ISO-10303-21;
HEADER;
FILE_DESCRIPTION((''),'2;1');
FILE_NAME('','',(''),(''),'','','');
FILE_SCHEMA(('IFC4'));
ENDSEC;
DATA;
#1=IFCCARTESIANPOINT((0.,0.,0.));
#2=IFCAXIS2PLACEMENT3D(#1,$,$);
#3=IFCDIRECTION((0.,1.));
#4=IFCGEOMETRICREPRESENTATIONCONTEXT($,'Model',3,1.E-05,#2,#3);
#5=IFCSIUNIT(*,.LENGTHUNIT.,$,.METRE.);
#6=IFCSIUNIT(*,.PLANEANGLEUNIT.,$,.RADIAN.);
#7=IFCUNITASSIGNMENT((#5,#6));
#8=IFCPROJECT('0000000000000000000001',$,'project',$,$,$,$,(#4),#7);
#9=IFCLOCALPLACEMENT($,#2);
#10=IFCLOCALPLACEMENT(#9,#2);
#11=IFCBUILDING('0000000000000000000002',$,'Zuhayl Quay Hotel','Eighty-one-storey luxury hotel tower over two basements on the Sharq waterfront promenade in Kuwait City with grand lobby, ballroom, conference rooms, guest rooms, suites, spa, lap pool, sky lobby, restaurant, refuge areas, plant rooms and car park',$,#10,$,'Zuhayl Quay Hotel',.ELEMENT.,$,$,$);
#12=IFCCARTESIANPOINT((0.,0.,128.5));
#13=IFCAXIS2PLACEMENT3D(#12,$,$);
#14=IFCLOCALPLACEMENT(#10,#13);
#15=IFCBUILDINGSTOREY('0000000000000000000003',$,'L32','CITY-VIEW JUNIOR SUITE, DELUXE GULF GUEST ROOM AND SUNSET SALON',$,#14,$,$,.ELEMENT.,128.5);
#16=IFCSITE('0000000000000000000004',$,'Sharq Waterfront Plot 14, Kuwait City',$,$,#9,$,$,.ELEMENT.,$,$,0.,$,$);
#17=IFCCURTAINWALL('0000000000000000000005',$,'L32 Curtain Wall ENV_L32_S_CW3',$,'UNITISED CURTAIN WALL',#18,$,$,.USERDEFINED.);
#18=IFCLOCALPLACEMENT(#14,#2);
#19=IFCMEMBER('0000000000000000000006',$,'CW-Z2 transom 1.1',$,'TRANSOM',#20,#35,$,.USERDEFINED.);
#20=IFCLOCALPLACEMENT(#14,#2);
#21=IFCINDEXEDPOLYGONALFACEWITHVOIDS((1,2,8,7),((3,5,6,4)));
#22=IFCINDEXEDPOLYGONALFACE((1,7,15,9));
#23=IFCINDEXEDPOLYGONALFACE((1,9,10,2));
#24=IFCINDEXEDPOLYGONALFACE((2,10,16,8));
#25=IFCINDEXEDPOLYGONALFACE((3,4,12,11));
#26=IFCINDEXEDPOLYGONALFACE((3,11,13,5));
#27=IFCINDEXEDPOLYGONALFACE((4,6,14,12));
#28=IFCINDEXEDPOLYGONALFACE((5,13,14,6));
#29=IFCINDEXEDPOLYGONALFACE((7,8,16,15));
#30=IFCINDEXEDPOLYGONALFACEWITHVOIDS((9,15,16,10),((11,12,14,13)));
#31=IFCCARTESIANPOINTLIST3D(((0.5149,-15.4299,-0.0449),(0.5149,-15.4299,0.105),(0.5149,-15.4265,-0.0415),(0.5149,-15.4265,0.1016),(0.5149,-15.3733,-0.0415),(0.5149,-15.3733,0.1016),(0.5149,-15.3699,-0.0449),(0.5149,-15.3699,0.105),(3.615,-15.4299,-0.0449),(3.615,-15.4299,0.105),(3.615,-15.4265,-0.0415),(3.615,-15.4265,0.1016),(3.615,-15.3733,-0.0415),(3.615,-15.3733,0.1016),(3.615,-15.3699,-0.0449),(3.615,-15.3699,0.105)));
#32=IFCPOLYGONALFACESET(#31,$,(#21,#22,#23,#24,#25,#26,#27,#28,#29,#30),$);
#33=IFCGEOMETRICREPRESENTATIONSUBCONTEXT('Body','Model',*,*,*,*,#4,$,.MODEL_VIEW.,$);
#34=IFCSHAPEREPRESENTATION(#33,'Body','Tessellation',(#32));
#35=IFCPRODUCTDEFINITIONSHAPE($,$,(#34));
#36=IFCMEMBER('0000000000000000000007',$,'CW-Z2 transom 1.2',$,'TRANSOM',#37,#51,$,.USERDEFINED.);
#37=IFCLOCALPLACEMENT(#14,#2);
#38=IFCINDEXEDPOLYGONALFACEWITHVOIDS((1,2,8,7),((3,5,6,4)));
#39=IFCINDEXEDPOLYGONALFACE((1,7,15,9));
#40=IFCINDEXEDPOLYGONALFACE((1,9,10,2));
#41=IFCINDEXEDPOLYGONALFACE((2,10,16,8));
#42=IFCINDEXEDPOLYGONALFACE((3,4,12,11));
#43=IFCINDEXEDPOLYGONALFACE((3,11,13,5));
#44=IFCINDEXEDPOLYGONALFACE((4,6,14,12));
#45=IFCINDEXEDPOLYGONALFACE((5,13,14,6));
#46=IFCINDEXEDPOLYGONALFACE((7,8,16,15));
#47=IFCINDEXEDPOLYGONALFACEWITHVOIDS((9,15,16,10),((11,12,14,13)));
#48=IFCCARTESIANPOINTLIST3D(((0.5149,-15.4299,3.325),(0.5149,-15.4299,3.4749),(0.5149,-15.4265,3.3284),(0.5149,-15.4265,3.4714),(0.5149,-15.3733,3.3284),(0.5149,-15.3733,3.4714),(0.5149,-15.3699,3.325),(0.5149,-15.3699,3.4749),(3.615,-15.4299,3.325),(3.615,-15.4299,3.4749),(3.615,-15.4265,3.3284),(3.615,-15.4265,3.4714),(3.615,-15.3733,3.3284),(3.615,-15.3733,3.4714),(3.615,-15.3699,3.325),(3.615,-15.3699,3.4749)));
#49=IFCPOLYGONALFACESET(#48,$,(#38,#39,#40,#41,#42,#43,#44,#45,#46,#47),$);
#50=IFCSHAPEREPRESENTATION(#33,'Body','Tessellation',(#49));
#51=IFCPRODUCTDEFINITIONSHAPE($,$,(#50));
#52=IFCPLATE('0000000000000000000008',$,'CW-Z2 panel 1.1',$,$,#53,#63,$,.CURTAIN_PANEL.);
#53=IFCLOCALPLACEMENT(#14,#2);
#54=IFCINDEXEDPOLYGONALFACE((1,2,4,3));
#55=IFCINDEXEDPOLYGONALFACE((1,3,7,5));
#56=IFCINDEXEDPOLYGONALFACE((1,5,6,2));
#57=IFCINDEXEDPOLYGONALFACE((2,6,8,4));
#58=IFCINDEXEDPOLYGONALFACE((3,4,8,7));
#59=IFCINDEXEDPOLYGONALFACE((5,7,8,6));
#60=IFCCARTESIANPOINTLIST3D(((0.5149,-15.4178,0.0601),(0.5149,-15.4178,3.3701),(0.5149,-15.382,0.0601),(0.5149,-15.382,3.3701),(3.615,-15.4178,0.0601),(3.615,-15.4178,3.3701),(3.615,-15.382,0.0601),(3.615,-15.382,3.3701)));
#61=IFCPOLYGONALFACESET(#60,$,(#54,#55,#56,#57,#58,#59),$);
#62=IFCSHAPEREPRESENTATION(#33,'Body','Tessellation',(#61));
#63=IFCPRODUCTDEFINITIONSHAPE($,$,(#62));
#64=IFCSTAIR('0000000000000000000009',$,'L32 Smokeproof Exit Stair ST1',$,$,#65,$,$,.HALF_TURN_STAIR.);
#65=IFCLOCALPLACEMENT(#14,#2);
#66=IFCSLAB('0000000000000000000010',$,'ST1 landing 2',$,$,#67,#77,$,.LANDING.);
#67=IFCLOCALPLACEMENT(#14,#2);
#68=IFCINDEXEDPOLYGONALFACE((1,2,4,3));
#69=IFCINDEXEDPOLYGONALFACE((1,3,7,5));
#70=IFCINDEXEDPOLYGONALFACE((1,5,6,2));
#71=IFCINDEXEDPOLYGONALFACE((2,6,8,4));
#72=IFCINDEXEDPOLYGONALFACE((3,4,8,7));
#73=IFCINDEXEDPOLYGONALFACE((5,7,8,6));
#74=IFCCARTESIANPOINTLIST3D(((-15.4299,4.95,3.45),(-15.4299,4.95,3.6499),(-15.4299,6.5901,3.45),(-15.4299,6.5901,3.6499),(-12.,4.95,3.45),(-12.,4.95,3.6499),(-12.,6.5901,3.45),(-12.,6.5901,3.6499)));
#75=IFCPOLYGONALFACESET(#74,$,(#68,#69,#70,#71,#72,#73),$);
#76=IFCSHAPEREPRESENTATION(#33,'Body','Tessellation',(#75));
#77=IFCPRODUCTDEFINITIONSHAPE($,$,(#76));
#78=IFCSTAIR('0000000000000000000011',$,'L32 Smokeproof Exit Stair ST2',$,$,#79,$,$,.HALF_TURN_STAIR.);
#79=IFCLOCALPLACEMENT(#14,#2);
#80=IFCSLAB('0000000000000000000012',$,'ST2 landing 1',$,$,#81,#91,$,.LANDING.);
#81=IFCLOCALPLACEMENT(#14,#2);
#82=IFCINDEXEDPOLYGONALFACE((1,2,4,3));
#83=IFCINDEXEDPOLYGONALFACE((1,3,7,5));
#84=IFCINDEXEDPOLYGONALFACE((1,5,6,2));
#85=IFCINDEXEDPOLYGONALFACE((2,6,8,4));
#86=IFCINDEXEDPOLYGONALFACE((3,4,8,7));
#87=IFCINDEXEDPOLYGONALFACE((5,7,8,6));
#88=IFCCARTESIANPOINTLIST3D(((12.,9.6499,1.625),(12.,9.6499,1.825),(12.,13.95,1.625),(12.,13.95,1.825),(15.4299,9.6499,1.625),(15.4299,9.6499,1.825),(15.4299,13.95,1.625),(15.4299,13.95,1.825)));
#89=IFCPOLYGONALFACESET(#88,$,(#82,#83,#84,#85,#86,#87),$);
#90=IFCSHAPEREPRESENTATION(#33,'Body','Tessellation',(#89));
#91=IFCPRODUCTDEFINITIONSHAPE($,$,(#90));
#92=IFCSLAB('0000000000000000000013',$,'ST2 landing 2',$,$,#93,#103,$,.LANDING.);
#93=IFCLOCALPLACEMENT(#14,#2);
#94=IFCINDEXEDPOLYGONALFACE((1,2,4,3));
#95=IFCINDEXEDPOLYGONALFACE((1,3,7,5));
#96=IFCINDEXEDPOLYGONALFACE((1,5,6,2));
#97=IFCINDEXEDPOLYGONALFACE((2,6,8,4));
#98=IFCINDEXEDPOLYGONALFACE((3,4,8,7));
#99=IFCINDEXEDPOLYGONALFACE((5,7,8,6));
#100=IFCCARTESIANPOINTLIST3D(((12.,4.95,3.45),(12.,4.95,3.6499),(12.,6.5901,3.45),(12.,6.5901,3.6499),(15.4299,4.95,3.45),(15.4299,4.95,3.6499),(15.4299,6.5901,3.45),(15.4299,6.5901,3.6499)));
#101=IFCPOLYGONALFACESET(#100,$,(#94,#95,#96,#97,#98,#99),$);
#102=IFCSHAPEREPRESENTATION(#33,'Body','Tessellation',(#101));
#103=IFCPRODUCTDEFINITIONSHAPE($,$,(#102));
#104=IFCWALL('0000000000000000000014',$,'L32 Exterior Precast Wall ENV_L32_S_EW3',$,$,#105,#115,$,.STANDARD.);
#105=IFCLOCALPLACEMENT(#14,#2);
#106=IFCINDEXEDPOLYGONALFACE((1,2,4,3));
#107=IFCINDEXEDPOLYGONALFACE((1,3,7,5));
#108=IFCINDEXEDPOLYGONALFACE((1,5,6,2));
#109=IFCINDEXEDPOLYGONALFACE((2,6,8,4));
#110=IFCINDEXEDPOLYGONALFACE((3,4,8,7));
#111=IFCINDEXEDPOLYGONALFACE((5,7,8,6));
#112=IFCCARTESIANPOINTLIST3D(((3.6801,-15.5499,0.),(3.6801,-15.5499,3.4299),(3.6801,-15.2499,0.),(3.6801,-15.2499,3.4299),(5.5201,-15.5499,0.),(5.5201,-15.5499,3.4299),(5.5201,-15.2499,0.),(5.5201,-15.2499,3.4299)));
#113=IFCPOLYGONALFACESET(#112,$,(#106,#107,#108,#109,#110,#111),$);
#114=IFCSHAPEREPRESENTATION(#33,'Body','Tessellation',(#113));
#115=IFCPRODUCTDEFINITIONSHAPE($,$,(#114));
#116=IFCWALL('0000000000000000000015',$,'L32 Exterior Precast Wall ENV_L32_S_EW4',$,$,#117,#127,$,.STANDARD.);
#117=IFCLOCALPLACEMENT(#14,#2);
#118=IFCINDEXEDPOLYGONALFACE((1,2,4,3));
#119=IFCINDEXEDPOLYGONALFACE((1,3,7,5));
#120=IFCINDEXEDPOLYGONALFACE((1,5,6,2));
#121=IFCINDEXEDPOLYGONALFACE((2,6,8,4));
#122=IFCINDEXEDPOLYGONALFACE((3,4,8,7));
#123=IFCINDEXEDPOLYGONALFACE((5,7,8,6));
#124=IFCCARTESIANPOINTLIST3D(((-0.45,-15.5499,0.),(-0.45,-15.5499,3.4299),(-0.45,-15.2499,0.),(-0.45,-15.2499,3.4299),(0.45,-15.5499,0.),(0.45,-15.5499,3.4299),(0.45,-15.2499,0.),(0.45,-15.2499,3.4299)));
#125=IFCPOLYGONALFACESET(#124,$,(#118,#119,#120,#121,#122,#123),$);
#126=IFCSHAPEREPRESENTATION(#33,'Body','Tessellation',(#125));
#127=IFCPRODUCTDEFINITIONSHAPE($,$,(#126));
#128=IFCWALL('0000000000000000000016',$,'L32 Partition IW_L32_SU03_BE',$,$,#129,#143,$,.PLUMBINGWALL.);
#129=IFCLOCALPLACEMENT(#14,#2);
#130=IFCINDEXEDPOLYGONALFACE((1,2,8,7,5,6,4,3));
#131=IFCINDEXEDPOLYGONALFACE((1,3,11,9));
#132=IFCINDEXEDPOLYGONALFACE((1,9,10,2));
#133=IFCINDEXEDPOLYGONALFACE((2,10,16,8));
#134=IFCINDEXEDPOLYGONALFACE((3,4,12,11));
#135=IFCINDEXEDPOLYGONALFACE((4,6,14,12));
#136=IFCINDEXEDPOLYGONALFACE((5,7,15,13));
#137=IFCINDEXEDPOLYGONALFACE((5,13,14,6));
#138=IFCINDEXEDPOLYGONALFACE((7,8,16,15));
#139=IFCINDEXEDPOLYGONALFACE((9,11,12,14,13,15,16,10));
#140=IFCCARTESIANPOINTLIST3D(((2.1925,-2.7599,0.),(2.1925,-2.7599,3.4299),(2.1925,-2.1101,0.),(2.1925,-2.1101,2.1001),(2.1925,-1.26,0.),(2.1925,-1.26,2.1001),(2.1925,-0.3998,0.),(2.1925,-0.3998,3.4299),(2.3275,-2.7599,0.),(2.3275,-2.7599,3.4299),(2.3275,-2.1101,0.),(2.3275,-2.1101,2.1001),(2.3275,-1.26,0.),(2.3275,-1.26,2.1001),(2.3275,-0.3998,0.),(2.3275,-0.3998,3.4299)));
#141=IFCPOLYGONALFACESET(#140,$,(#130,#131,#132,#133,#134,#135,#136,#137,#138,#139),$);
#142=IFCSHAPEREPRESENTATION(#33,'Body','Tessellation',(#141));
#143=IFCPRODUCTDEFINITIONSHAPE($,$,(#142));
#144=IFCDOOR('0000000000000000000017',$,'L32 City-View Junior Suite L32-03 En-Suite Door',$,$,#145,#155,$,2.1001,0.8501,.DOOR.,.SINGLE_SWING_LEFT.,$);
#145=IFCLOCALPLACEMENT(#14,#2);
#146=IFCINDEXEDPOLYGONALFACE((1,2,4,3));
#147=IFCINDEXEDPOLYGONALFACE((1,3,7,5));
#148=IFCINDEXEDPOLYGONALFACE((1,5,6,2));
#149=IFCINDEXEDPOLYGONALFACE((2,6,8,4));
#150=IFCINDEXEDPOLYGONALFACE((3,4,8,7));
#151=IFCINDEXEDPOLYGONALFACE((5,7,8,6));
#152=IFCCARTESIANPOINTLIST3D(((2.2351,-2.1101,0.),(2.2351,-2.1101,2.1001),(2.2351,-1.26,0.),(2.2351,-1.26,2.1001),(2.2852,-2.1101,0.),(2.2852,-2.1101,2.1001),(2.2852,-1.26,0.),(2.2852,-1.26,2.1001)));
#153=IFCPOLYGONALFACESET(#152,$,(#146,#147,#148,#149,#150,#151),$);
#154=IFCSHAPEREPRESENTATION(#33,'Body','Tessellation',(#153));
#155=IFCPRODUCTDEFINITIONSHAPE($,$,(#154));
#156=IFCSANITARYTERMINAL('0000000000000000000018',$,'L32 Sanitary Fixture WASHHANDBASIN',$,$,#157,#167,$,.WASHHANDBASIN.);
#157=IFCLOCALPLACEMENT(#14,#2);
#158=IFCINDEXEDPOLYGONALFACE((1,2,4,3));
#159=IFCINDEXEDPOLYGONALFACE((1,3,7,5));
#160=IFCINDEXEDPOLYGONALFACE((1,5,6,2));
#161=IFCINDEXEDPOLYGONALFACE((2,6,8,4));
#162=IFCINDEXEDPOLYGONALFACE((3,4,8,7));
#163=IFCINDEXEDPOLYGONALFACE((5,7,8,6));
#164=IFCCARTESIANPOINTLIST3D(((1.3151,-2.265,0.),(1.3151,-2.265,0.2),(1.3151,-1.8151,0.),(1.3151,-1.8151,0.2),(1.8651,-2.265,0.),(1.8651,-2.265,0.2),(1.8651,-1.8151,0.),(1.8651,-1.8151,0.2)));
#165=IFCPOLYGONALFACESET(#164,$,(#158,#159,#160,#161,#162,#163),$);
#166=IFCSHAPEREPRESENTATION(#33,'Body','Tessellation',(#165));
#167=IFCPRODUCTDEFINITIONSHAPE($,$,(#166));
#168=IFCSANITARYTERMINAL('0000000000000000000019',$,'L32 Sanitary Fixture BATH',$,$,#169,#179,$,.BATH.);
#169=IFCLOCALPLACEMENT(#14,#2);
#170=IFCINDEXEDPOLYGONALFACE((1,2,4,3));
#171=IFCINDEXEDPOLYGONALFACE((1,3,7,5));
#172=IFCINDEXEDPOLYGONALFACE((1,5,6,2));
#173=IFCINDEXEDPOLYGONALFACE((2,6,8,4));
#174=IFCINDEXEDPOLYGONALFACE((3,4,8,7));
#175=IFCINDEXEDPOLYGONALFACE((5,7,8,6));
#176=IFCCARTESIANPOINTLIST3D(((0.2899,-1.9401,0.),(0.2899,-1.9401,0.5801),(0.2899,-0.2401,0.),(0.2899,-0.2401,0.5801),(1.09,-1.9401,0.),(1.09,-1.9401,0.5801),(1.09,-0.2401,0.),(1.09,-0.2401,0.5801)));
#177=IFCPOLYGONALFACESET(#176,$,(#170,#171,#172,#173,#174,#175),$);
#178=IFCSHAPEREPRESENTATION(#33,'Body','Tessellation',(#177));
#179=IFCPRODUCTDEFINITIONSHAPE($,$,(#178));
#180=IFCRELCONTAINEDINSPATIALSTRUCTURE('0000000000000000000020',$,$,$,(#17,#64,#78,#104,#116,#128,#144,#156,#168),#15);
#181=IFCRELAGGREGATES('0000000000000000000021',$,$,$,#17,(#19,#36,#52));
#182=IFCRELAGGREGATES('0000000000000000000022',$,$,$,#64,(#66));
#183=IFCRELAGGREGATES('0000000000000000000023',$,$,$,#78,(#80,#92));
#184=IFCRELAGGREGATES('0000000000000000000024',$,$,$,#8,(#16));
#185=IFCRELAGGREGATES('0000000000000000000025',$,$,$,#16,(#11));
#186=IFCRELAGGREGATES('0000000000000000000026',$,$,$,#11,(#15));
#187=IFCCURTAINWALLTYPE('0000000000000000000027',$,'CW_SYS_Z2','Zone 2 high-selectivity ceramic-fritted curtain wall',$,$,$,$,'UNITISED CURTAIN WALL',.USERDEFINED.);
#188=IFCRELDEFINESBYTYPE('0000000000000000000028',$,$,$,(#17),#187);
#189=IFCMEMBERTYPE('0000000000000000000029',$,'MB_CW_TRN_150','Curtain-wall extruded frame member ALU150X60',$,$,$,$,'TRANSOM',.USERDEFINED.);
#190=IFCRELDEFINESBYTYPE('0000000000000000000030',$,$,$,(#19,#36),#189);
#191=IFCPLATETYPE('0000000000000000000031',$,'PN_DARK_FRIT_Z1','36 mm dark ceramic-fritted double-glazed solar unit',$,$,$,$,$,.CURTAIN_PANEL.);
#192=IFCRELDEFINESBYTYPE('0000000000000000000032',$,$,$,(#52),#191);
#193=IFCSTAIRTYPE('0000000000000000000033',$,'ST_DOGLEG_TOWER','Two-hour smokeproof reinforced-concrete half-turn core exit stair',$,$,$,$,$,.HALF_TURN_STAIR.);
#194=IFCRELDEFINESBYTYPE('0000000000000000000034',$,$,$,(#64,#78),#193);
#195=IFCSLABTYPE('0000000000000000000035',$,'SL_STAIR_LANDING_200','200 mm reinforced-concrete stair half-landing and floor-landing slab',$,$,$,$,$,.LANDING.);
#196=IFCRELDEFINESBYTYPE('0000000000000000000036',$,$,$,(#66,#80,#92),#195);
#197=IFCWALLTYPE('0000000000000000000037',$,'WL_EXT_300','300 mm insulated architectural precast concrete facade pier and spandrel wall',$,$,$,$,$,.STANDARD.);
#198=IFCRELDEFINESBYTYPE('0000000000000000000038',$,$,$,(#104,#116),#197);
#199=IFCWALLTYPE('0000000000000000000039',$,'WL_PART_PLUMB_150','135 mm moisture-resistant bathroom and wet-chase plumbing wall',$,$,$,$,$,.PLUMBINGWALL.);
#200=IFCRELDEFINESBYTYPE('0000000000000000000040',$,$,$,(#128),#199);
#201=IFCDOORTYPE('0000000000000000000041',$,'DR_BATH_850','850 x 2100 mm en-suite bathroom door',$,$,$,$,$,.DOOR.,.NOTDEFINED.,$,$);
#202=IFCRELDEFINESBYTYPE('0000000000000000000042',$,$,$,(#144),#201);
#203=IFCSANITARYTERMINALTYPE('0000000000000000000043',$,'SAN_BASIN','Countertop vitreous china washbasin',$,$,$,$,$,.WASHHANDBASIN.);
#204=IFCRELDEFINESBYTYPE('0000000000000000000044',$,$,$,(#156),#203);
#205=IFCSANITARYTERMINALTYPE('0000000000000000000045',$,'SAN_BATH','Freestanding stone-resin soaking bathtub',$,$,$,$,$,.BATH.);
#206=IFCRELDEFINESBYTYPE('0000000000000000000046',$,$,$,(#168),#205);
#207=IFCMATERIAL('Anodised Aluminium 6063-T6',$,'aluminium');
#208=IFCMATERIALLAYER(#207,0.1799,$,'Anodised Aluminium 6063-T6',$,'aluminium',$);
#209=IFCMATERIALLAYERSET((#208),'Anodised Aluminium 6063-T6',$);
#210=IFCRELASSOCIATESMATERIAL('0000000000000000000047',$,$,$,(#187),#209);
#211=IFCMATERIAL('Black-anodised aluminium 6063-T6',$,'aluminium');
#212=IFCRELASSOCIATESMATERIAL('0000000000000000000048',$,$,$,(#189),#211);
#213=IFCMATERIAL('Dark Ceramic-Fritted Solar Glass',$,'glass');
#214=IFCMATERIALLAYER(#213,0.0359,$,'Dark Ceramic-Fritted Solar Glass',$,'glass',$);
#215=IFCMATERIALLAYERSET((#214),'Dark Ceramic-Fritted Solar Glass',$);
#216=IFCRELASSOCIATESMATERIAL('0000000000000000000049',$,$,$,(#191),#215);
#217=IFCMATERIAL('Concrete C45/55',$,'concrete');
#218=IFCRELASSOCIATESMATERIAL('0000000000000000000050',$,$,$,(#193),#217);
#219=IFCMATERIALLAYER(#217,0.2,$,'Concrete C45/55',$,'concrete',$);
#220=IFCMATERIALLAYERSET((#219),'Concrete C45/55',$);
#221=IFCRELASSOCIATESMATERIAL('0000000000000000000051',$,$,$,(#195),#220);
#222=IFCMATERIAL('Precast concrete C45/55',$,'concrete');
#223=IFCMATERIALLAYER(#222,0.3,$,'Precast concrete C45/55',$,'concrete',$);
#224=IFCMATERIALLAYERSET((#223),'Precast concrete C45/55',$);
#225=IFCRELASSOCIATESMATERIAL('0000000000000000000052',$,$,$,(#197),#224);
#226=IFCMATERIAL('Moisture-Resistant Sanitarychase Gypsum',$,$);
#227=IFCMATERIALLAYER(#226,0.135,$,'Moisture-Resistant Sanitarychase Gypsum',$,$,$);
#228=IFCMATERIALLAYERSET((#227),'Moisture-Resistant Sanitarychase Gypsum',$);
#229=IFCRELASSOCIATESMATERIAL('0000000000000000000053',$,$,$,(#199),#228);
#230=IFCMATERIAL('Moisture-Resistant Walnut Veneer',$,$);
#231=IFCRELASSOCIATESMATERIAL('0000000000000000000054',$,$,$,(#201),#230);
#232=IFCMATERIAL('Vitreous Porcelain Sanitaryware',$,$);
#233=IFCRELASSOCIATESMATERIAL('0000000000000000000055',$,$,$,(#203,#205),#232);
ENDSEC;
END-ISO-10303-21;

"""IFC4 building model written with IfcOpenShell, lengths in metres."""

from ifc_helpers import new_model, si_unit, direction, frame, frame_2d, origin, origin_2d, place, context, subcontext, project, spatial, polyline, rectangle, hollow_rectangle, outline, extrude, material, layer, layer_set, material_profile, profile_set, type_object, element, fill, aggregate, save


model = new_model("IFC4")

# Units and contexts
model_context = context("Model", 3, precision=1e-05, world=origin(), true_north=direction((0.0, 1.0)))
body_context = subcontext(model_context, "Body", "Model", "MODEL_VIEW")
ifc_project = project(units=[si_unit("LENGTHUNIT", "METRE"), si_unit("PLANEANGLEUNIT", "RADIAN")], contexts=[model_context])

# Site, building, storey
site_placement = place(None, origin())
site = spatial("IfcSite", under=ifc_project, at=site_placement, Name="Sharq Waterfront Plot 14, Kuwait City", CompositionType="ELEMENT", RefElevation=0.0)
building_placement = place(site_placement, origin())
building = spatial("IfcBuilding", under=site, at=building_placement, Name="Zuhayl Quay Hotel", Description="Eighty-one-storey luxury hotel tower over two basements on the Sharq waterfront promenade in Kuwait City with grand lobby, ballroom, conference rooms, guest rooms, suites, spa, lap pool, sky lobby, restaurant, refuge areas, plant rooms and car park", LongName="Zuhayl Quay Hotel", CompositionType="ELEMENT")
storey_placement = place(building_placement, frame((0.0, 0.0, 128.5)))
storey = spatial("IfcBuildingStorey", under=building, at=storey_placement, Name="L32", Description="CITY-VIEW JUNIOR SUITE, DELUXE GULF GUEST ROOM AND SUNSET SALON", CompositionType="ELEMENT", Elevation=128.5)

# Shared definitions
ifc_material_1 = material(Name="Anodised Aluminium 6063-T6", Category="aluminium")
ifc_layer_1 = layer(ifc_material_1, 0.1799, Name="Anodised Aluminium 6063-T6", Category="aluminium")
ifc_layer_set_1 = layer_set([ifc_layer_1], Name="Anodised Aluminium 6063-T6")
curtain_wall_type = type_object("IfcCurtainWallType", Name="CW_SYS_Z2", Description="Zone 2 high-selectivity ceramic-fritted curtain wall", ElementType="UNITISED CURTAIN WALL", PredefinedType="USERDEFINED", material=ifc_layer_set_1)
ifc_material_2 = material(Name="Black-anodised aluminium 6063-T6", Category="aluminium")

# Curtain wall, members, plate
curtain_wall_1_placement = place(storey_placement, origin())
curtain_wall_1 = element("IfcCurtainWall", 1, at=curtain_wall_1_placement, inside=storey, type_object=curtain_wall_type, Name="L32 Curtain Wall ENV_L32_S_CW3", ObjectType="UNITISED CURTAIN WALL", PredefinedType="USERDEFINED")
ifc_material_profile_1 = material_profile(ifc_material_2, hollow_rectangle(XDim=0.0601, YDim=0.1499, WallThickness=0.0034, at=origin_2d()), Name="ALU150X60")
ifc_profile_set_1 = profile_set([ifc_material_profile_1], Name="Black-anodised aluminium 6063-T6")
member_type_1 = type_object("IfcMemberType", Name="MB_CW_TRN_150", Description="Curtain-wall extruded frame member ALU150X60", ElementType="TRANSOM", PredefinedType="USERDEFINED", material=ifc_profile_set_1)
member_1_placement = place(storey_placement, frame((3.615, -15.3999, 0.03), z_axis=(-1.0, 0.0, 0.0), x_axis=(0.0, -1.0, 0.0)))
member_1 = element("IfcMember", 2, at=member_1_placement, type_object=member_type_1, Name="CW-Z2 transom 1.1", ObjectType="TRANSOM", PredefinedType="USERDEFINED", context=body_context, shape_type="SweptSolid", body=[
    extrude(hollow_rectangle(XDim=0.0601, YDim=0.1499, WallThickness=0.0034, at=origin_2d()), origin(), (0.0, 0.0, 1.0), 3.1001),
])
member_2_placement = place(storey_placement, frame((3.615, -15.3999, 3.3999), z_axis=(-1.0, 0.0, 0.0), x_axis=(0.0, -1.0, 0.0)))
member_2 = element("IfcMember", 3, at=member_2_placement, type_object=member_type_1, Name="CW-Z2 transom 1.2", ObjectType="TRANSOM", PredefinedType="USERDEFINED", context=body_context, shape_type="SweptSolid", body=[
    extrude(hollow_rectangle(XDim=0.0601, YDim=0.1499, WallThickness=0.0034, at=origin_2d()), origin(), (0.0, 0.0, 1.0), 3.1001),
])
ifc_material_3 = material(Name="Dark Ceramic-Fritted Solar Glass", Category="glass")
ifc_layer_2 = layer(ifc_material_3, 0.0359, Name="Dark Ceramic-Fritted Solar Glass", Category="glass")
ifc_layer_set_2 = layer_set([ifc_layer_2], Name="Dark Ceramic-Fritted Solar Glass")
plate_type = type_object("IfcPlateType", Name="PN_DARK_FRIT_Z1", Description="36 mm dark ceramic-fritted double-glazed solar unit", PredefinedType="CURTAIN_PANEL", material=ifc_layer_set_2)
plate_placement = place(storey_placement, frame((2.0649, -15.3999, 0.0601), z_axis=(0.0, 0.0, 1.0), x_axis=(-1.0, 0.0, 0.0)))
plate = element("IfcPlate", 4, at=plate_placement, type_object=plate_type, Name="CW-Z2 panel 1.1", PredefinedType="CURTAIN_PANEL", context=body_context, shape_type="SweptSolid", body=[
    extrude(rectangle(XDim=3.1001, YDim=0.0359, at=origin_2d()), origin(), (0.0, 0.0, 1.0), 3.3101),
])
aggregate(curtain_wall_1, [member_1, member_2, plate])

# Stair, slab
ifc_material_4 = material(Name="Concrete C45/55", Category="concrete")
stair_type = type_object("IfcStairType", Name="ST_DOGLEG_TOWER", Description="Two-hour smokeproof reinforced-concrete half-turn core exit stair", PredefinedType="HALF_TURN_STAIR", material=ifc_material_4)
stair_1_placement = place(storey_placement, origin())
stair_1 = element("IfcStair", 5, at=stair_1_placement, inside=storey, type_object=stair_type, Name="L32 Smokeproof Exit Stair ST1", PredefinedType="HALF_TURN_STAIR")
ifc_layer_3 = layer(ifc_material_4, 0.2, Name="Concrete C45/55", Category="concrete")
ifc_layer_set_3 = layer_set([ifc_layer_3], Name="Concrete C45/55")
slab_type = type_object("IfcSlabType", Name="SL_STAIR_LANDING_200", Description="200 mm reinforced-concrete stair half-landing and floor-landing slab", PredefinedType="LANDING", material=ifc_layer_set_3)
slab_1_placement = place(storey_placement, frame((0.0, 0.0, 3.45)))
slab_1 = element("IfcSlab", 6, at=slab_1_placement, type_object=slab_type, Name="ST1 landing 2", PredefinedType="LANDING", context=body_context, shape_type="SweptSolid", body=[
    extrude(outline(polyline([(-12.0, 4.95), (-12.0, 6.5901), (-15.4299, 6.5901), (-15.4299, 4.95), (-12.0, 4.95)])), origin(), (0.0, 0.0, 1.0), 0.2),
])
aggregate(stair_1, [slab_1])

# Stair, slabs
stair_2_placement = place(storey_placement, origin())
stair_2 = element("IfcStair", 7, at=stair_2_placement, inside=storey, type_object=stair_type, Name="L32 Smokeproof Exit Stair ST2", PredefinedType="HALF_TURN_STAIR")
slab_2_placement = place(storey_placement, frame((0.0, 0.0, 1.625)))
slab_2 = element("IfcSlab", 8, at=slab_2_placement, type_object=slab_type, Name="ST2 landing 1", PredefinedType="LANDING", context=body_context, shape_type="SweptSolid", body=[
    extrude(outline(polyline([(15.4299, 9.6499), (15.4299, 13.95), (12.0, 13.95), (12.0, 9.6499), (15.4299, 9.6499)])), origin(), (0.0, 0.0, 1.0), 0.2),
])
slab_3_placement = place(storey_placement, frame((0.0, 0.0, 3.45)))
slab_3 = element("IfcSlab", 9, at=slab_3_placement, type_object=slab_type, Name="ST2 landing 2", PredefinedType="LANDING", context=body_context, shape_type="SweptSolid", body=[
    extrude(outline(polyline([(15.4299, 4.95), (15.4299, 6.5901), (12.0, 6.5901), (12.0, 4.95), (15.4299, 4.95)])), origin(), (0.0, 0.0, 1.0), 0.2),
])
aggregate(stair_2, [slab_2, slab_3])

# Walls
ifc_material_5 = material(Name="Precast concrete C45/55", Category="concrete")
ifc_layer_4 = layer(ifc_material_5, 0.3, Name="Precast concrete C45/55", Category="concrete")
ifc_layer_set_4 = layer_set([ifc_layer_4], Name="Precast concrete C45/55")
wall_type_1 = type_object("IfcWallType", Name="WL_EXT_300", Description="300 mm insulated architectural precast concrete facade pier and spandrel wall", PredefinedType="STANDARD", material=ifc_layer_set_4)
wall_1_placement = place(storey_placement, frame((5.52, -15.3999, 0.0), z_axis=(0.0, 0.0, 1.0), x_axis=(-1.0, 0.0, 0.0)))
element("IfcWall", 10, at=wall_1_placement, inside=storey, type_object=wall_type_1, Name="L32 Exterior Precast Wall ENV_L32_S_EW3", PredefinedType="STANDARD", context=body_context, shape_type="SweptSolid", body=[
    extrude(rectangle(XDim=1.8401, YDim=0.3, at=frame_2d((0.9199, 0.0))), origin(), (0.0, 0.0, 1.0), 3.4299),
])
wall_2_placement = place(storey_placement, frame((0.45, -15.3999, 0.0), z_axis=(0.0, 0.0, 1.0), x_axis=(-1.0, 0.0, 0.0)))
element("IfcWall", 11, at=wall_2_placement, inside=storey, type_object=wall_type_1, Name="L32 Exterior Precast Wall ENV_L32_S_EW4", PredefinedType="STANDARD", context=body_context, shape_type="SweptSolid", body=[
    extrude(rectangle(XDim=0.8999, YDim=0.3, at=frame_2d((0.45, 0.0))), origin(), (0.0, 0.0, 1.0), 3.4299),
])

# Wall, opening, door
ifc_material_6 = material(Name="Moisture-Resistant Sanitarychase Gypsum")
ifc_layer_5 = layer(ifc_material_6, 0.135, Name="Moisture-Resistant Sanitarychase Gypsum")
ifc_layer_set_5 = layer_set([ifc_layer_5], Name="Moisture-Resistant Sanitarychase Gypsum")
wall_type_2 = type_object("IfcWallType", Name="WL_PART_PLUMB_150", Description="135 mm moisture-resistant bathroom and wet-chase plumbing wall", PredefinedType="PLUMBINGWALL", material=ifc_layer_set_5)
wall_3_placement = place(storey_placement, frame((2.26, -2.76, 0.0), z_axis=(0.0, 0.0, 1.0), x_axis=(0.0, 1.0, 0.0)))
wall_3 = element("IfcWall", 12, at=wall_3_placement, inside=storey, type_object=wall_type_2, Name="L32 Partition IW_L32_SU03_BE", PredefinedType="PLUMBINGWALL", context=body_context, shape_type="SweptSolid", body=[
    extrude(rectangle(XDim=2.3601, YDim=0.135, at=frame_2d((1.1802, 0.0))), origin(), (0.0, 0.0, 1.0), 3.4299),
])
opening_placement = place(wall_3_placement, frame((0.6499, 0.0, 0.0)))
opening = element("IfcOpeningElement", 13, at=opening_placement, cuts=wall_3, PredefinedType="OPENING", context=body_context, shape_type="SweptSolid", body=[
    extrude(rectangle(XDim=0.8501, YDim=2.1001, at=frame_2d((0.425, 1.05))), frame((0.0, 0.0774, 0.0), z_axis=(0.0, -1.0, 0.0), x_axis=(1.0, 0.0, 0.0)), (0.0, 0.0, 1.0), 0.155),
])
ifc_material_7 = material(Name="Moisture-Resistant Walnut Veneer")
door_type = type_object("IfcDoorType", Name="DR_BATH_850", Description="850 x 2100 mm en-suite bathroom door", OperationType="NOTDEFINED", PredefinedType="DOOR", material=ifc_material_7)
door_placement = place(opening_placement, origin())
door = element("IfcDoor", 14, at=door_placement, inside=storey, type_object=door_type, Name="L32 City-View Junior Suite L32-03 En-Suite Door", OperationType="SINGLE_SWING_LEFT", OverallHeight=2.1001, OverallWidth=0.8501, PredefinedType="DOOR", context=body_context, shape_type="SweptSolid", body=[
    extrude(rectangle(XDim=0.8501, YDim=2.1001, at=frame_2d((0.425, 1.05))), frame((0.0, 0.0249, 0.0), z_axis=(0.0, -1.0, 0.0), x_axis=(1.0, 0.0, 0.0)), (0.0, 0.0, 1.0), 0.05),
])
fill(opening, door)

# Sanitary terminals
ifc_material_8 = material(Name="Vitreous Porcelain Sanitaryware")
sanitary_terminal_type_1 = type_object("IfcSanitaryTerminalType", Name="SAN_BASIN", Description="Countertop vitreous china washbasin", PredefinedType="WASHHANDBASIN", material=ifc_material_8)
sanitary_terminal_1_placement = place(storey_placement, frame((1.5901, -2.04, 0.0), z_axis=(0.0, 0.0, 1.0), x_axis=(1.0, 0.0, 0.0)))
element("IfcSanitaryTerminal", 15, at=sanitary_terminal_1_placement, inside=storey, type_object=sanitary_terminal_type_1, Name="L32 Sanitary Fixture WASHHANDBASIN", PredefinedType="WASHHANDBASIN", context=body_context, shape_type="SweptSolid", body=[
    extrude(rectangle(XDim=0.55, YDim=0.45, at=origin_2d()), origin(), (0.0, 0.0, 1.0), 0.2),
])
sanitary_terminal_type_2 = type_object("IfcSanitaryTerminalType", Name="SAN_BATH", Description="Freestanding stone-resin soaking bathtub", PredefinedType="BATH", material=ifc_material_8)
sanitary_terminal_2_placement = place(storey_placement, frame((0.6899, -1.0901, 0.0), z_axis=(0.0, 0.0, 1.0), x_axis=(1.0, 0.0, 0.0)))
element("IfcSanitaryTerminal", 16, at=sanitary_terminal_2_placement, inside=storey, type_object=sanitary_terminal_type_2, Name="L32 Sanitary Fixture BATH", PredefinedType="BATH", context=body_context, shape_type="SweptSolid", body=[
    extrude(rectangle(XDim=0.8, YDim=1.7, at=origin_2d()), origin(), (0.0, 0.0, 1.0), 0.5801),
])

save(model, "model.ifc")
